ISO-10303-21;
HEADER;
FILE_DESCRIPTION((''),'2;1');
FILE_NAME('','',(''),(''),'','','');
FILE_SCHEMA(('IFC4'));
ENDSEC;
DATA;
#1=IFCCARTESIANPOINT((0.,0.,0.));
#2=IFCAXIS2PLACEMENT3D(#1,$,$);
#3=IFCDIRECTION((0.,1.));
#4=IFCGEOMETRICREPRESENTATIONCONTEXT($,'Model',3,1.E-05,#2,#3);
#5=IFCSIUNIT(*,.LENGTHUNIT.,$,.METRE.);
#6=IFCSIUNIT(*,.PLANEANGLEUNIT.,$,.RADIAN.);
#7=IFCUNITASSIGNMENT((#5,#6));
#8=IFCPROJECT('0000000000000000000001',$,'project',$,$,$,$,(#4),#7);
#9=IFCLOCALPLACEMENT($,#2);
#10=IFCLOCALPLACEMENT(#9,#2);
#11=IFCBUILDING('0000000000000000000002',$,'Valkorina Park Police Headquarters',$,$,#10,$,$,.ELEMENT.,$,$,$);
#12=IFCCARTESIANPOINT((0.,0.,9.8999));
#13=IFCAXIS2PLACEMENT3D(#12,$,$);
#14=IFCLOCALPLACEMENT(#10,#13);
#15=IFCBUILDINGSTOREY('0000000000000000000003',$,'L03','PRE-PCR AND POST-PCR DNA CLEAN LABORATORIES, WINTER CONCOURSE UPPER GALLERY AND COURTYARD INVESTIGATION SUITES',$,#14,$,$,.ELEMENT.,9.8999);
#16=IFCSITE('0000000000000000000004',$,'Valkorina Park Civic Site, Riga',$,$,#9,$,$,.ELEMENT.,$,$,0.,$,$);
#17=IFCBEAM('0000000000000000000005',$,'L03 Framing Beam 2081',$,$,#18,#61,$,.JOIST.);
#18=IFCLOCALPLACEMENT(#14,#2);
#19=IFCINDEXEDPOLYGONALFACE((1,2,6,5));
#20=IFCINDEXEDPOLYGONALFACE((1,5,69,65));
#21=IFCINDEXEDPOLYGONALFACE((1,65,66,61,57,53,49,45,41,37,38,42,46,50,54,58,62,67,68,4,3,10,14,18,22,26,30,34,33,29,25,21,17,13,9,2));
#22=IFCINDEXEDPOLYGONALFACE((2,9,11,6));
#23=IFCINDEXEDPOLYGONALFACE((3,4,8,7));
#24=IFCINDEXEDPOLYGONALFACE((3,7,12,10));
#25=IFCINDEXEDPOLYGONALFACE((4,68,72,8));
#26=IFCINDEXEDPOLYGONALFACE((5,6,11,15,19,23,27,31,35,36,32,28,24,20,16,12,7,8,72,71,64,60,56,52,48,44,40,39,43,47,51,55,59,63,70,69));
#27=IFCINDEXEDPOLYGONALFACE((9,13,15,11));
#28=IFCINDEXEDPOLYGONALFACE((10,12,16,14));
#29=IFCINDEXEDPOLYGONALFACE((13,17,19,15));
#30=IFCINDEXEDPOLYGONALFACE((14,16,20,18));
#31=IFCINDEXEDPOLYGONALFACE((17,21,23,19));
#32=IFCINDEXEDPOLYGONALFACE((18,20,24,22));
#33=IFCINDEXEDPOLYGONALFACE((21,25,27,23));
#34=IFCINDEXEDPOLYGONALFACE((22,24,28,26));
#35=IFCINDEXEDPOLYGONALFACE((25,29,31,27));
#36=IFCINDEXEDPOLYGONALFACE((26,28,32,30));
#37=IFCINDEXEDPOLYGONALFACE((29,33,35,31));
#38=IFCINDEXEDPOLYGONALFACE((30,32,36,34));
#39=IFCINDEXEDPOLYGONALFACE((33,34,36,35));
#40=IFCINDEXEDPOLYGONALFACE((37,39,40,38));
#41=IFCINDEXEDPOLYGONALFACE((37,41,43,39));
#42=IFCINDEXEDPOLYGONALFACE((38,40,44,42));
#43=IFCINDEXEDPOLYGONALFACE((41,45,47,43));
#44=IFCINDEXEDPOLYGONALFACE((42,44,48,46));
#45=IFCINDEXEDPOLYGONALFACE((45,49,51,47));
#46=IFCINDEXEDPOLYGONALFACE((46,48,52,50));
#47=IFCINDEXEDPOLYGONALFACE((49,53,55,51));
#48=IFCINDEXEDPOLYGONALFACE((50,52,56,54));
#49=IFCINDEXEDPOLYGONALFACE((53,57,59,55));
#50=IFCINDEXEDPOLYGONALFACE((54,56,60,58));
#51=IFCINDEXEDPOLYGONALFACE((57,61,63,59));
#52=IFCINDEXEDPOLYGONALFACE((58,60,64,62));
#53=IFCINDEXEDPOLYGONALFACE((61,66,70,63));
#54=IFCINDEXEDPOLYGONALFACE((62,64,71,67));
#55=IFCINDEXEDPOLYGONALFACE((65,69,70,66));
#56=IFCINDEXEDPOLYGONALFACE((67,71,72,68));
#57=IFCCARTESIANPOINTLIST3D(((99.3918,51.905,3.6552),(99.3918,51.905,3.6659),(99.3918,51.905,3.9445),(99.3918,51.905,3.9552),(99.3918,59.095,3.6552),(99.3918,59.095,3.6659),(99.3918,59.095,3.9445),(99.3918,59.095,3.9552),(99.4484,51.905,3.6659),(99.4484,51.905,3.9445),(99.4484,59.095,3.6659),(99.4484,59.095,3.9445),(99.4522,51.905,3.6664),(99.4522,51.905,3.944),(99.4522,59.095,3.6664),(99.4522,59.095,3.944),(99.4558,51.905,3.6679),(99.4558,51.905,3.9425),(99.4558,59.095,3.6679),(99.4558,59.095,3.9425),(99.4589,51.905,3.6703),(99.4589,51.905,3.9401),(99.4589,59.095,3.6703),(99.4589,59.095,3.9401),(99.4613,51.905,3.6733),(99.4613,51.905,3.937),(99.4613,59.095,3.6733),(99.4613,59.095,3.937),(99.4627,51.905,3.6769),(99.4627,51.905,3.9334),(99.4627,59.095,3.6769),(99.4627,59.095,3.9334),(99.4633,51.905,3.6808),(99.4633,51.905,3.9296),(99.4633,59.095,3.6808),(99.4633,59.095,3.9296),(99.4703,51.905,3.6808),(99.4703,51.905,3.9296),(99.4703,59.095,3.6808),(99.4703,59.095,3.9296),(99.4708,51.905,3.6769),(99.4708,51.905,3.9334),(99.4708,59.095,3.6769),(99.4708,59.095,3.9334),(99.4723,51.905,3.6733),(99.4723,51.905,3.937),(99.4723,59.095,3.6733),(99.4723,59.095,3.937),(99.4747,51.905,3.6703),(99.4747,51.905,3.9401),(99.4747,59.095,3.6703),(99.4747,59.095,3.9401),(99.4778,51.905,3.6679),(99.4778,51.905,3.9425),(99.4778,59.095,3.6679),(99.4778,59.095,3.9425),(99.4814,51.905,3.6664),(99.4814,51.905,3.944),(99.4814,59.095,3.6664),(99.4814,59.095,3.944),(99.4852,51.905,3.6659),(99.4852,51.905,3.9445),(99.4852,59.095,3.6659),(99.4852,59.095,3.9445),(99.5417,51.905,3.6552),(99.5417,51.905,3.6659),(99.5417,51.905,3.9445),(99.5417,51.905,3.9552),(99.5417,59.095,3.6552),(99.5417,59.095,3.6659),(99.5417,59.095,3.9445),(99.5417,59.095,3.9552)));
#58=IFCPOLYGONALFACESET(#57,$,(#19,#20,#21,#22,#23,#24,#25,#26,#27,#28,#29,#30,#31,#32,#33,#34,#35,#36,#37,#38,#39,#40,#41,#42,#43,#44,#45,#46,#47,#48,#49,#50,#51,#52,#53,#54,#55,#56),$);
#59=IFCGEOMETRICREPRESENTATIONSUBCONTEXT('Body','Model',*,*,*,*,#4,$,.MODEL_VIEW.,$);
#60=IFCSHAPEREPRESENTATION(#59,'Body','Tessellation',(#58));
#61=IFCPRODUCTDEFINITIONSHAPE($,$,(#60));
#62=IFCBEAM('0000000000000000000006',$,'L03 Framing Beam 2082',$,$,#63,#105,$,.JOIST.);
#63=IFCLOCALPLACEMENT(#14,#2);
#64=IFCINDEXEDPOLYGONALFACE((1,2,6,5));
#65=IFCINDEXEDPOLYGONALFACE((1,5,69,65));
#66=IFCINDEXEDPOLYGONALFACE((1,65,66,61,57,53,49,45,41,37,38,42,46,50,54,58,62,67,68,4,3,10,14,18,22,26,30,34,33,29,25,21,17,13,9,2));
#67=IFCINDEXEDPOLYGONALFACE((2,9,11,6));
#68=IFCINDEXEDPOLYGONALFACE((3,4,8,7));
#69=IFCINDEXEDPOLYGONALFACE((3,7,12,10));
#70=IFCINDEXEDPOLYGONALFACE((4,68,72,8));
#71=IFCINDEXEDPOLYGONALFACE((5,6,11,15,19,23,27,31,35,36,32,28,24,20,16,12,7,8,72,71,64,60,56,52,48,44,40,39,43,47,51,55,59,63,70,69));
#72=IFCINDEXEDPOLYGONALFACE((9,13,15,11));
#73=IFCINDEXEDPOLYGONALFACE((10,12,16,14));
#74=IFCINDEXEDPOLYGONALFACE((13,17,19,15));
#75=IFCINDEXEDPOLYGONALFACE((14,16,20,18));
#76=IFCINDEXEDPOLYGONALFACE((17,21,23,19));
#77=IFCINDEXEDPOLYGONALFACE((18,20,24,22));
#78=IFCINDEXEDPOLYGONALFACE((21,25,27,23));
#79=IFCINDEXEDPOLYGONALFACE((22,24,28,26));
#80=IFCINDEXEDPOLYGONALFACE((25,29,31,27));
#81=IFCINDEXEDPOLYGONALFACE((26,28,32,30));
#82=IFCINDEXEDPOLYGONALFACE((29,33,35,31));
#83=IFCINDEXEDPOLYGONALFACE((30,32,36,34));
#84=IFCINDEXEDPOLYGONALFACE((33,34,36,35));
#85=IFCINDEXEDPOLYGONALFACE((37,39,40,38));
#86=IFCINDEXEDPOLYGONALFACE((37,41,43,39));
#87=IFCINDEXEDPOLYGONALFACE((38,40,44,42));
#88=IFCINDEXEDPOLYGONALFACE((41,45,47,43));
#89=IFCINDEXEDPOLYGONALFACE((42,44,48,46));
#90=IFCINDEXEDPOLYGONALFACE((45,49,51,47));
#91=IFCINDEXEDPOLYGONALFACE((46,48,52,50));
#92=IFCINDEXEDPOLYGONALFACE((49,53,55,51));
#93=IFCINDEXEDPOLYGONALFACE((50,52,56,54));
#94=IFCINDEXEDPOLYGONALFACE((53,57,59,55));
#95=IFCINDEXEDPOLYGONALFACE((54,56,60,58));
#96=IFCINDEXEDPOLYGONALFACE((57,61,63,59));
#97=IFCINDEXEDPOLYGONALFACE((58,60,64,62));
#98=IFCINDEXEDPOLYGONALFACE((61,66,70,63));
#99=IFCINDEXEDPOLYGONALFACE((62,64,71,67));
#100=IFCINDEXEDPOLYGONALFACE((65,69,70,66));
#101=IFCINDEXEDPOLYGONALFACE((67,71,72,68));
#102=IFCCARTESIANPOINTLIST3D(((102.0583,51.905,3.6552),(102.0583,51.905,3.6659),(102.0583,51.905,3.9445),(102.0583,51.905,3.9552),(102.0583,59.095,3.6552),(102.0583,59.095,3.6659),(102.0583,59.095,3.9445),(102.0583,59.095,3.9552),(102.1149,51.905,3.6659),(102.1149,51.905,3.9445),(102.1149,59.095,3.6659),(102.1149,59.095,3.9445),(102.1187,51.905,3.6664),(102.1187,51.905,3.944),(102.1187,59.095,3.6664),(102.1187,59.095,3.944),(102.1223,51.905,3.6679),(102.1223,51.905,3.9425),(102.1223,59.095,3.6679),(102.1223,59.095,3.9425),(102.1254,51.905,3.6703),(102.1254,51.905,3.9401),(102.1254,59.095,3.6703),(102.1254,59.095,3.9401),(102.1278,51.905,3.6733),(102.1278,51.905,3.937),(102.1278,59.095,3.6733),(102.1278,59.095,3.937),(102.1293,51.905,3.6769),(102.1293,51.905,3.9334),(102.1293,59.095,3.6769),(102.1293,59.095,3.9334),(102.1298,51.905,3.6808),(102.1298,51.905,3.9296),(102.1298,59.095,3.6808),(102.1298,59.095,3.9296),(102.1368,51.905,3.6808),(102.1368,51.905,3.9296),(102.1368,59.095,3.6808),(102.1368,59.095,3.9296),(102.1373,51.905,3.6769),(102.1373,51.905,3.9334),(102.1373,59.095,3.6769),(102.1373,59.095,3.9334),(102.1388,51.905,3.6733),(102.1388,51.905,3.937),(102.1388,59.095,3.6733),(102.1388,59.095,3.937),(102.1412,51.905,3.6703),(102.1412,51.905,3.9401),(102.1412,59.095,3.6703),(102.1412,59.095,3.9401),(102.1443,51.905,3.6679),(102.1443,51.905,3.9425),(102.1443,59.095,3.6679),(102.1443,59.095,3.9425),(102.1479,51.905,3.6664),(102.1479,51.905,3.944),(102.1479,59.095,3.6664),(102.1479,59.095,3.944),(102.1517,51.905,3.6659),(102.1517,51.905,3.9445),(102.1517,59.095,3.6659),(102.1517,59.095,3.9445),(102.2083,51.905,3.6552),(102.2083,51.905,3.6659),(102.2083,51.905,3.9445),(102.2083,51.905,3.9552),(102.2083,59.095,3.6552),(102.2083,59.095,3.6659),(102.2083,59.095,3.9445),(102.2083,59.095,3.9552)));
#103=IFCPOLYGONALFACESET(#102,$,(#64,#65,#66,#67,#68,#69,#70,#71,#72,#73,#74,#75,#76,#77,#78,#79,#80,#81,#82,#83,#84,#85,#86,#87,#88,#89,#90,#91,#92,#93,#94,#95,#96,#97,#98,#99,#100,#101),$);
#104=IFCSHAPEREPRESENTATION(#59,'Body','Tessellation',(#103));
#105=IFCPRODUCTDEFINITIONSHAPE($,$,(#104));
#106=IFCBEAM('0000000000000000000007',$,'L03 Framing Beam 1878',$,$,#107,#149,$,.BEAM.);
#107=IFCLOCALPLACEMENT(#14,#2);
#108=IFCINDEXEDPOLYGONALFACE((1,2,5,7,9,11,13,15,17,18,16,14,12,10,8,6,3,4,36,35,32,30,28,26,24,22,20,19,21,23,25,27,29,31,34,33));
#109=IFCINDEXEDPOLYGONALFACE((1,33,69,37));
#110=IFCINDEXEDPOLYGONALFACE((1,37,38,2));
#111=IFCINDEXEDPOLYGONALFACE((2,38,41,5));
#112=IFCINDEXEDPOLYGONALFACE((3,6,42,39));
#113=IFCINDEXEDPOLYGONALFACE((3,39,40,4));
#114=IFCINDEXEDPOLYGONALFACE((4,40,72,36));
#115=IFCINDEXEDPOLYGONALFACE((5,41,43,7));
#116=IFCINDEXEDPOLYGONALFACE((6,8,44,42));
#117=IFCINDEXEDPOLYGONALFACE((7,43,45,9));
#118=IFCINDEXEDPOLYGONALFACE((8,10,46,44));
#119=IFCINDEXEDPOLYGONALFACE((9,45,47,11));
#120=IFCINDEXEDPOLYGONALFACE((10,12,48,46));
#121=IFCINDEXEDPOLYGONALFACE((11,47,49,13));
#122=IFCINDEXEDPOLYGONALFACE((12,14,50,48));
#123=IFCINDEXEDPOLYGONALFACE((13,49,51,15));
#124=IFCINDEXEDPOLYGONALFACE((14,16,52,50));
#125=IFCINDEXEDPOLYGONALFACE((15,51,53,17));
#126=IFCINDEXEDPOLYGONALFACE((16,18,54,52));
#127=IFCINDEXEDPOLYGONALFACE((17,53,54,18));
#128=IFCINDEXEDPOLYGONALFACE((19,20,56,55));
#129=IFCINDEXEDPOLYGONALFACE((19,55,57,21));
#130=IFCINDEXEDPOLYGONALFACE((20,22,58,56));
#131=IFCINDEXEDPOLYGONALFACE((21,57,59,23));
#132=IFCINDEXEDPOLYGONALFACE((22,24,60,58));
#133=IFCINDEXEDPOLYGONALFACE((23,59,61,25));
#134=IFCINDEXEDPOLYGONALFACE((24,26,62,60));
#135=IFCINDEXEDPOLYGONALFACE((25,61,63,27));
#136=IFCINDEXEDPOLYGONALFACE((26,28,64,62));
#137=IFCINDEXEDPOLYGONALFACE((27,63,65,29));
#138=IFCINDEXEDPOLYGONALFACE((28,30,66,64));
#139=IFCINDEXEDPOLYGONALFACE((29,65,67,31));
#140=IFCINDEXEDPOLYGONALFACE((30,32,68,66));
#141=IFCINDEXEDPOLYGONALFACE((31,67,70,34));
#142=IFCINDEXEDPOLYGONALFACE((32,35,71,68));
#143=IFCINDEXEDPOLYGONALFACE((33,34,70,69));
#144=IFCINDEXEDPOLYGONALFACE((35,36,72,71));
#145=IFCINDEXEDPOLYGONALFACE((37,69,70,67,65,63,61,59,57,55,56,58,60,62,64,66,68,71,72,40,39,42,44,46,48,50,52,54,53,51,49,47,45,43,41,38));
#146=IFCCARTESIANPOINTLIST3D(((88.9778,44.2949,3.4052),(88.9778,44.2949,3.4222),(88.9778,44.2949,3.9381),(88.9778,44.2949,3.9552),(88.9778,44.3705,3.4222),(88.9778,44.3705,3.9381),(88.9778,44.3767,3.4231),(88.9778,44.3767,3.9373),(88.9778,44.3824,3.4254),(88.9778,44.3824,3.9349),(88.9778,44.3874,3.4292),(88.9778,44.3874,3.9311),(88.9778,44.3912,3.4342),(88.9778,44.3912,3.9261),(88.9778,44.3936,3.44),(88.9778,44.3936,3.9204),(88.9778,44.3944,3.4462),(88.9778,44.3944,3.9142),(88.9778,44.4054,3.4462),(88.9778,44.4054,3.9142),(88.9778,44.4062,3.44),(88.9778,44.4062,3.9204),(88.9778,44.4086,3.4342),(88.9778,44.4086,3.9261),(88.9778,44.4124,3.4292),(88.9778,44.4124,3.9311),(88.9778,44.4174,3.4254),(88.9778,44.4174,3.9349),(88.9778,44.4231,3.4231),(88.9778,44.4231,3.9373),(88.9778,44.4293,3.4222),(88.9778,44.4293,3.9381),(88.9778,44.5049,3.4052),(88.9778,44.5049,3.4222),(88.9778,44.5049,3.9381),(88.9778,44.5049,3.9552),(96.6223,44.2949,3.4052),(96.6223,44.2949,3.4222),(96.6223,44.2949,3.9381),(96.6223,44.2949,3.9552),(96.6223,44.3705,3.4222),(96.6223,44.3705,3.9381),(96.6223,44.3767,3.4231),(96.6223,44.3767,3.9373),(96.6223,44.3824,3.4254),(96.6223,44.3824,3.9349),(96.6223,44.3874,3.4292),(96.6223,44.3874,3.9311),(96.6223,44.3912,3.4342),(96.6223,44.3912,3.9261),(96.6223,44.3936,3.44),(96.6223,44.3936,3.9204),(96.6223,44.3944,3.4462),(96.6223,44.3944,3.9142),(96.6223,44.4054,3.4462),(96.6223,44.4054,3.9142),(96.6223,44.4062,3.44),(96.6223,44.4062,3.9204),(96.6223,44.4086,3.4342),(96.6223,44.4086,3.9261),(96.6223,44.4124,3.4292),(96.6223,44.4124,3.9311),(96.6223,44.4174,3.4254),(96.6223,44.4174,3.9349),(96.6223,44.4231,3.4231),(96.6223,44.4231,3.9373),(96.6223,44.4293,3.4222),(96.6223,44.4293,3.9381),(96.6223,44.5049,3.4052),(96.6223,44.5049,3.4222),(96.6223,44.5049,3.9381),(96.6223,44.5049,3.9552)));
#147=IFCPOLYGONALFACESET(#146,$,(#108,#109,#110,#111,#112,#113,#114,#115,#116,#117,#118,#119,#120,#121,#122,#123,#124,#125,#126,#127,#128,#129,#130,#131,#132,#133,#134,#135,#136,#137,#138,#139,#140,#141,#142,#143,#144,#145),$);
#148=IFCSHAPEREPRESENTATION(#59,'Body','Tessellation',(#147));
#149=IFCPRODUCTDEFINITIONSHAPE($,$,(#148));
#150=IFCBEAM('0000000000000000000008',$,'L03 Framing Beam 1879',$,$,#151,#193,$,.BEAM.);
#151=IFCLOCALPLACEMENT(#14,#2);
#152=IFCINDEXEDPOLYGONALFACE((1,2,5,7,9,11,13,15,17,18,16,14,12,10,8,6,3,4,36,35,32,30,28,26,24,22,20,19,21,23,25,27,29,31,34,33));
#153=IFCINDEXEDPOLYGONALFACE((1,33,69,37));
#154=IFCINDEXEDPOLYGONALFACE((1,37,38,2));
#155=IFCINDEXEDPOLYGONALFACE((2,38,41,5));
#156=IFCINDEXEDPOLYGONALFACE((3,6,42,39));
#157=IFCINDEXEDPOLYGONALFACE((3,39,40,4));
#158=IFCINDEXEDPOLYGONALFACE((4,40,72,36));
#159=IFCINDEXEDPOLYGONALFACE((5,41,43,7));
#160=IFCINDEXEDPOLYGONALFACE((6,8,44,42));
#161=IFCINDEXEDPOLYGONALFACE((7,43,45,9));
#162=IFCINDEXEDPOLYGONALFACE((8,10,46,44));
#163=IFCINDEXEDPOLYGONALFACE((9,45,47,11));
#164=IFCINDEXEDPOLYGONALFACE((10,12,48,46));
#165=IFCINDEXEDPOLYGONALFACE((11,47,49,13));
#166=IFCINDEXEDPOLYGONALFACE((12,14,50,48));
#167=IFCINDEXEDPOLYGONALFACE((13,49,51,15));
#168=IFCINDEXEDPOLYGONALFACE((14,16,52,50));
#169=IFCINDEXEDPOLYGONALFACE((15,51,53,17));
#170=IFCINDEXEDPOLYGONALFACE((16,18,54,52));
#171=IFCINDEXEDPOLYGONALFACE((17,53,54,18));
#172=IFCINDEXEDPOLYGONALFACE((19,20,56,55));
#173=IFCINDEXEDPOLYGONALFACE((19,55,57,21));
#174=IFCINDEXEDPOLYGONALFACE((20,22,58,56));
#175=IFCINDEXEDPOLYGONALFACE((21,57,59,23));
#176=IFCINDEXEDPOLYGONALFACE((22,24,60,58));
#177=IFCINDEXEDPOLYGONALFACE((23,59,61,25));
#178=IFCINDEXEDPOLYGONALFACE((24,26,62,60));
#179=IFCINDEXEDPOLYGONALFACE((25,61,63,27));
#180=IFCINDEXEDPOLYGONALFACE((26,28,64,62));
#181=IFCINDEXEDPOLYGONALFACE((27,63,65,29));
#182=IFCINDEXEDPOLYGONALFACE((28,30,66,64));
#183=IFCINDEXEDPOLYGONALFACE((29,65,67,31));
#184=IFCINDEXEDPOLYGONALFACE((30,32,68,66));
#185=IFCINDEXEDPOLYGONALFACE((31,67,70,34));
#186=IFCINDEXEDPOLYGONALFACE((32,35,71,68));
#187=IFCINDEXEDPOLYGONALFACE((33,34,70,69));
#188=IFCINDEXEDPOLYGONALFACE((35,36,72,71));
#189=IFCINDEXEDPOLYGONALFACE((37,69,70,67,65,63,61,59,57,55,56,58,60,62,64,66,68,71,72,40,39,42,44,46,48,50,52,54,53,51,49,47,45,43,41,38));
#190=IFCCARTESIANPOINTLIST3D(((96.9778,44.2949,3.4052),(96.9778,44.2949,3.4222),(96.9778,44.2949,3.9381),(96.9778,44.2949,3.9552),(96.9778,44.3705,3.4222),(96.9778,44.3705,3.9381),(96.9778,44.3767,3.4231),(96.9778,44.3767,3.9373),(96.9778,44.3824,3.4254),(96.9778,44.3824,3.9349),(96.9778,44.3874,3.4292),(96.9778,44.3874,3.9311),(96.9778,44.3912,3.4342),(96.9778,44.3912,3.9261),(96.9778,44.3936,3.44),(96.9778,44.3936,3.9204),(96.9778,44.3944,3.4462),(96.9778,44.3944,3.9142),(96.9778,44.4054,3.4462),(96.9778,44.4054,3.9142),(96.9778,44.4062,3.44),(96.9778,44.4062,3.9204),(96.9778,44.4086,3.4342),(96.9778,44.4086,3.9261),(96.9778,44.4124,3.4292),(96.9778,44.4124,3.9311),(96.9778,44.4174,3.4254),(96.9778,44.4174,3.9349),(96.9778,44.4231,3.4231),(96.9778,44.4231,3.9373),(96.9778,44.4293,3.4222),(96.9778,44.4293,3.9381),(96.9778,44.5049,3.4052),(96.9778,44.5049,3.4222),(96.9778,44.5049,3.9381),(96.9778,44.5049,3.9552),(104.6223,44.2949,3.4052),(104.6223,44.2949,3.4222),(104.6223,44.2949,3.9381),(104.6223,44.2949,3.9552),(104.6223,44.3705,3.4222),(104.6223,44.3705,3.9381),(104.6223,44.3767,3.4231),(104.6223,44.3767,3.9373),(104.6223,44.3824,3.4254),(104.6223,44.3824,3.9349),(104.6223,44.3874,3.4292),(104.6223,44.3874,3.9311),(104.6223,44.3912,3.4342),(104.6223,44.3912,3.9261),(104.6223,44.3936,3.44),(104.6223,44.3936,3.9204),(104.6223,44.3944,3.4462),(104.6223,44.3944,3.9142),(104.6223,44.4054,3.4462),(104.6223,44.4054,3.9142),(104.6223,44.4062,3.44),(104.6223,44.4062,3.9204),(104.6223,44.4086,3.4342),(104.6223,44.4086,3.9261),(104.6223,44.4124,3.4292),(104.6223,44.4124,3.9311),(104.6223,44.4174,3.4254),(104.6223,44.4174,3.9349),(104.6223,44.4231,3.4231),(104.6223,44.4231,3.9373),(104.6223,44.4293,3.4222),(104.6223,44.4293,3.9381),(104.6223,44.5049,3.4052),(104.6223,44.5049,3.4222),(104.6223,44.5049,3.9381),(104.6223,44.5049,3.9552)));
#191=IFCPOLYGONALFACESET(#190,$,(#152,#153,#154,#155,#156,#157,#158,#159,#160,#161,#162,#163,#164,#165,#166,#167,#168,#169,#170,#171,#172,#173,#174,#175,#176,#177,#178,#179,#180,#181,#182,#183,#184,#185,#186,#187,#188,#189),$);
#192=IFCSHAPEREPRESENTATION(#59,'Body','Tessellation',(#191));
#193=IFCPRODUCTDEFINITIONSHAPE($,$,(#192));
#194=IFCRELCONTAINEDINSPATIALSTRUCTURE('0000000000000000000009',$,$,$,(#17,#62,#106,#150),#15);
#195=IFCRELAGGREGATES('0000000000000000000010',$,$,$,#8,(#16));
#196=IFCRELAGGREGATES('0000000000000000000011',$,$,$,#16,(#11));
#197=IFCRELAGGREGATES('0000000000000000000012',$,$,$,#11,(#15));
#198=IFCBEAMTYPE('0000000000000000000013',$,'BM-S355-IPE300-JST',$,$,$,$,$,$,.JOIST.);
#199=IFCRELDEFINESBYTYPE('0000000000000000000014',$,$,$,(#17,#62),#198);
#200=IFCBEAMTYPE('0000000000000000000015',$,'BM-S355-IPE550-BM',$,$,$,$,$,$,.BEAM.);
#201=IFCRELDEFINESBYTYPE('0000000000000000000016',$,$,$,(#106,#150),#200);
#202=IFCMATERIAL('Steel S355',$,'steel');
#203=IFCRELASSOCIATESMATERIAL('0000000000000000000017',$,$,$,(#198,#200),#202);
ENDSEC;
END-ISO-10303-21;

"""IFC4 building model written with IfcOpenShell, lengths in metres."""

from ifc_helpers import new_model, si_unit, direction, frame, origin, origin_2d, place, context, subcontext, project, spatial, i_section, extrude, material, material_profile, profile_set, type_object, element, save


model = new_model("IFC4")

# Units and contexts
model_context = context("Model", 3, precision=1e-05, world=origin(), true_north=direction((0.0, 1.0)))
body_context = subcontext(model_context, "Body", "Model", "MODEL_VIEW")
ifc_project = project(units=[si_unit("LENGTHUNIT", "METRE"), si_unit("PLANEANGLEUNIT", "RADIAN")], contexts=[model_context])

# Site, building, storey
site_placement = place(None, origin())
site = spatial("IfcSite", under=ifc_project, at=site_placement, Name="Valkorina Park Civic Site, Riga", CompositionType="ELEMENT", RefElevation=0.0)
building_placement = place(site_placement, origin())
building = spatial("IfcBuilding", under=site, at=building_placement, Name="Valkorina Park Police Headquarters", CompositionType="ELEMENT")
storey_placement = place(building_placement, frame((0.0, 0.0, 9.8999)))
storey = spatial("IfcBuildingStorey", under=building, at=storey_placement, Name="L03", Description="PRE-PCR AND POST-PCR DNA CLEAN LABORATORIES, WINTER CONCOURSE UPPER GALLERY AND COURTYARD INVESTIGATION SUITES", CompositionType="ELEMENT", Elevation=9.8999)

# Shared definitions
ifc_material_1 = material(Name="Steel S355", Category="steel")

# Beams
ifc_material_profile_1 = material_profile(ifc_material_1, i_section(OverallWidth=0.1499, OverallDepth=0.3, WebThickness=0.0071, FlangeThickness=0.0107, FilletRadius=0.0149, at=origin_2d()), Name="IPE 300")
ifc_profile_set_1 = profile_set([ifc_material_profile_1], Name="Steel S355")
beam_type_1 = type_object("IfcBeamType", Name="BM-S355-IPE300-JST", PredefinedType="JOIST", material=ifc_profile_set_1)
for number, where, z_axis, x_axis, name in (
    (1, (99.4668, 51.905, 3.8052), (0.0, 1.0, 0.0), (-1.0, 0.0, 0.0), "L03 Framing Beam 2081"),
    (2, (102.1333, 51.905, 3.8052), (0.0, 1.0, 0.0), (-1.0, 0.0, 0.0), "L03 Framing Beam 2082"),
):
    element("IfcBeam", number, at=place(storey_placement, frame(where, z_axis=z_axis, x_axis=x_axis)), inside=storey, type_object=beam_type_1, Name=name, PredefinedType="JOIST", context=body_context, shape_type="SweptSolid", body=[
        extrude(i_section(OverallWidth=0.1499, OverallDepth=0.3, WebThickness=0.0071, FlangeThickness=0.0107, FilletRadius=0.0149, at=origin_2d()), origin(), (0.0, 0.0, 1.0), 7.1899),
    ])
ifc_material_profile_2 = material_profile(ifc_material_1, i_section(OverallWidth=0.21, OverallDepth=0.55, WebThickness=0.011, FlangeThickness=0.0171, FilletRadius=0.0239, at=origin_2d()), Name="IPE 550")
ifc_profile_set_2 = profile_set([ifc_material_profile_2], Name="Steel S355")
beam_type_2 = type_object("IfcBeamType", Name="BM-S355-IPE550-BM", PredefinedType="BEAM", material=ifc_profile_set_2)
for number, where, z_axis, x_axis, name in (
    (3, (88.9778, 44.3999, 3.6802), (1.0, 0.0, 0.0), (0.0, 1.0, 0.0), "L03 Framing Beam 1878"),
    (4, (96.9778, 44.3999, 3.6802), (1.0, 0.0, 0.0), (0.0, 1.0, 0.0), "L03 Framing Beam 1879"),
):
    element("IfcBeam", number, at=place(storey_placement, frame(where, z_axis=z_axis, x_axis=x_axis)), inside=storey, type_object=beam_type_2, Name=name, PredefinedType="BEAM", context=body_context, shape_type="SweptSolid", body=[
        extrude(i_section(OverallWidth=0.21, OverallDepth=0.55, WebThickness=0.011, FlangeThickness=0.0171, FilletRadius=0.0239, at=origin_2d()), origin(), (0.0, 0.0, 1.0), 7.6445),
    ])

save(model, "model.ifc")
